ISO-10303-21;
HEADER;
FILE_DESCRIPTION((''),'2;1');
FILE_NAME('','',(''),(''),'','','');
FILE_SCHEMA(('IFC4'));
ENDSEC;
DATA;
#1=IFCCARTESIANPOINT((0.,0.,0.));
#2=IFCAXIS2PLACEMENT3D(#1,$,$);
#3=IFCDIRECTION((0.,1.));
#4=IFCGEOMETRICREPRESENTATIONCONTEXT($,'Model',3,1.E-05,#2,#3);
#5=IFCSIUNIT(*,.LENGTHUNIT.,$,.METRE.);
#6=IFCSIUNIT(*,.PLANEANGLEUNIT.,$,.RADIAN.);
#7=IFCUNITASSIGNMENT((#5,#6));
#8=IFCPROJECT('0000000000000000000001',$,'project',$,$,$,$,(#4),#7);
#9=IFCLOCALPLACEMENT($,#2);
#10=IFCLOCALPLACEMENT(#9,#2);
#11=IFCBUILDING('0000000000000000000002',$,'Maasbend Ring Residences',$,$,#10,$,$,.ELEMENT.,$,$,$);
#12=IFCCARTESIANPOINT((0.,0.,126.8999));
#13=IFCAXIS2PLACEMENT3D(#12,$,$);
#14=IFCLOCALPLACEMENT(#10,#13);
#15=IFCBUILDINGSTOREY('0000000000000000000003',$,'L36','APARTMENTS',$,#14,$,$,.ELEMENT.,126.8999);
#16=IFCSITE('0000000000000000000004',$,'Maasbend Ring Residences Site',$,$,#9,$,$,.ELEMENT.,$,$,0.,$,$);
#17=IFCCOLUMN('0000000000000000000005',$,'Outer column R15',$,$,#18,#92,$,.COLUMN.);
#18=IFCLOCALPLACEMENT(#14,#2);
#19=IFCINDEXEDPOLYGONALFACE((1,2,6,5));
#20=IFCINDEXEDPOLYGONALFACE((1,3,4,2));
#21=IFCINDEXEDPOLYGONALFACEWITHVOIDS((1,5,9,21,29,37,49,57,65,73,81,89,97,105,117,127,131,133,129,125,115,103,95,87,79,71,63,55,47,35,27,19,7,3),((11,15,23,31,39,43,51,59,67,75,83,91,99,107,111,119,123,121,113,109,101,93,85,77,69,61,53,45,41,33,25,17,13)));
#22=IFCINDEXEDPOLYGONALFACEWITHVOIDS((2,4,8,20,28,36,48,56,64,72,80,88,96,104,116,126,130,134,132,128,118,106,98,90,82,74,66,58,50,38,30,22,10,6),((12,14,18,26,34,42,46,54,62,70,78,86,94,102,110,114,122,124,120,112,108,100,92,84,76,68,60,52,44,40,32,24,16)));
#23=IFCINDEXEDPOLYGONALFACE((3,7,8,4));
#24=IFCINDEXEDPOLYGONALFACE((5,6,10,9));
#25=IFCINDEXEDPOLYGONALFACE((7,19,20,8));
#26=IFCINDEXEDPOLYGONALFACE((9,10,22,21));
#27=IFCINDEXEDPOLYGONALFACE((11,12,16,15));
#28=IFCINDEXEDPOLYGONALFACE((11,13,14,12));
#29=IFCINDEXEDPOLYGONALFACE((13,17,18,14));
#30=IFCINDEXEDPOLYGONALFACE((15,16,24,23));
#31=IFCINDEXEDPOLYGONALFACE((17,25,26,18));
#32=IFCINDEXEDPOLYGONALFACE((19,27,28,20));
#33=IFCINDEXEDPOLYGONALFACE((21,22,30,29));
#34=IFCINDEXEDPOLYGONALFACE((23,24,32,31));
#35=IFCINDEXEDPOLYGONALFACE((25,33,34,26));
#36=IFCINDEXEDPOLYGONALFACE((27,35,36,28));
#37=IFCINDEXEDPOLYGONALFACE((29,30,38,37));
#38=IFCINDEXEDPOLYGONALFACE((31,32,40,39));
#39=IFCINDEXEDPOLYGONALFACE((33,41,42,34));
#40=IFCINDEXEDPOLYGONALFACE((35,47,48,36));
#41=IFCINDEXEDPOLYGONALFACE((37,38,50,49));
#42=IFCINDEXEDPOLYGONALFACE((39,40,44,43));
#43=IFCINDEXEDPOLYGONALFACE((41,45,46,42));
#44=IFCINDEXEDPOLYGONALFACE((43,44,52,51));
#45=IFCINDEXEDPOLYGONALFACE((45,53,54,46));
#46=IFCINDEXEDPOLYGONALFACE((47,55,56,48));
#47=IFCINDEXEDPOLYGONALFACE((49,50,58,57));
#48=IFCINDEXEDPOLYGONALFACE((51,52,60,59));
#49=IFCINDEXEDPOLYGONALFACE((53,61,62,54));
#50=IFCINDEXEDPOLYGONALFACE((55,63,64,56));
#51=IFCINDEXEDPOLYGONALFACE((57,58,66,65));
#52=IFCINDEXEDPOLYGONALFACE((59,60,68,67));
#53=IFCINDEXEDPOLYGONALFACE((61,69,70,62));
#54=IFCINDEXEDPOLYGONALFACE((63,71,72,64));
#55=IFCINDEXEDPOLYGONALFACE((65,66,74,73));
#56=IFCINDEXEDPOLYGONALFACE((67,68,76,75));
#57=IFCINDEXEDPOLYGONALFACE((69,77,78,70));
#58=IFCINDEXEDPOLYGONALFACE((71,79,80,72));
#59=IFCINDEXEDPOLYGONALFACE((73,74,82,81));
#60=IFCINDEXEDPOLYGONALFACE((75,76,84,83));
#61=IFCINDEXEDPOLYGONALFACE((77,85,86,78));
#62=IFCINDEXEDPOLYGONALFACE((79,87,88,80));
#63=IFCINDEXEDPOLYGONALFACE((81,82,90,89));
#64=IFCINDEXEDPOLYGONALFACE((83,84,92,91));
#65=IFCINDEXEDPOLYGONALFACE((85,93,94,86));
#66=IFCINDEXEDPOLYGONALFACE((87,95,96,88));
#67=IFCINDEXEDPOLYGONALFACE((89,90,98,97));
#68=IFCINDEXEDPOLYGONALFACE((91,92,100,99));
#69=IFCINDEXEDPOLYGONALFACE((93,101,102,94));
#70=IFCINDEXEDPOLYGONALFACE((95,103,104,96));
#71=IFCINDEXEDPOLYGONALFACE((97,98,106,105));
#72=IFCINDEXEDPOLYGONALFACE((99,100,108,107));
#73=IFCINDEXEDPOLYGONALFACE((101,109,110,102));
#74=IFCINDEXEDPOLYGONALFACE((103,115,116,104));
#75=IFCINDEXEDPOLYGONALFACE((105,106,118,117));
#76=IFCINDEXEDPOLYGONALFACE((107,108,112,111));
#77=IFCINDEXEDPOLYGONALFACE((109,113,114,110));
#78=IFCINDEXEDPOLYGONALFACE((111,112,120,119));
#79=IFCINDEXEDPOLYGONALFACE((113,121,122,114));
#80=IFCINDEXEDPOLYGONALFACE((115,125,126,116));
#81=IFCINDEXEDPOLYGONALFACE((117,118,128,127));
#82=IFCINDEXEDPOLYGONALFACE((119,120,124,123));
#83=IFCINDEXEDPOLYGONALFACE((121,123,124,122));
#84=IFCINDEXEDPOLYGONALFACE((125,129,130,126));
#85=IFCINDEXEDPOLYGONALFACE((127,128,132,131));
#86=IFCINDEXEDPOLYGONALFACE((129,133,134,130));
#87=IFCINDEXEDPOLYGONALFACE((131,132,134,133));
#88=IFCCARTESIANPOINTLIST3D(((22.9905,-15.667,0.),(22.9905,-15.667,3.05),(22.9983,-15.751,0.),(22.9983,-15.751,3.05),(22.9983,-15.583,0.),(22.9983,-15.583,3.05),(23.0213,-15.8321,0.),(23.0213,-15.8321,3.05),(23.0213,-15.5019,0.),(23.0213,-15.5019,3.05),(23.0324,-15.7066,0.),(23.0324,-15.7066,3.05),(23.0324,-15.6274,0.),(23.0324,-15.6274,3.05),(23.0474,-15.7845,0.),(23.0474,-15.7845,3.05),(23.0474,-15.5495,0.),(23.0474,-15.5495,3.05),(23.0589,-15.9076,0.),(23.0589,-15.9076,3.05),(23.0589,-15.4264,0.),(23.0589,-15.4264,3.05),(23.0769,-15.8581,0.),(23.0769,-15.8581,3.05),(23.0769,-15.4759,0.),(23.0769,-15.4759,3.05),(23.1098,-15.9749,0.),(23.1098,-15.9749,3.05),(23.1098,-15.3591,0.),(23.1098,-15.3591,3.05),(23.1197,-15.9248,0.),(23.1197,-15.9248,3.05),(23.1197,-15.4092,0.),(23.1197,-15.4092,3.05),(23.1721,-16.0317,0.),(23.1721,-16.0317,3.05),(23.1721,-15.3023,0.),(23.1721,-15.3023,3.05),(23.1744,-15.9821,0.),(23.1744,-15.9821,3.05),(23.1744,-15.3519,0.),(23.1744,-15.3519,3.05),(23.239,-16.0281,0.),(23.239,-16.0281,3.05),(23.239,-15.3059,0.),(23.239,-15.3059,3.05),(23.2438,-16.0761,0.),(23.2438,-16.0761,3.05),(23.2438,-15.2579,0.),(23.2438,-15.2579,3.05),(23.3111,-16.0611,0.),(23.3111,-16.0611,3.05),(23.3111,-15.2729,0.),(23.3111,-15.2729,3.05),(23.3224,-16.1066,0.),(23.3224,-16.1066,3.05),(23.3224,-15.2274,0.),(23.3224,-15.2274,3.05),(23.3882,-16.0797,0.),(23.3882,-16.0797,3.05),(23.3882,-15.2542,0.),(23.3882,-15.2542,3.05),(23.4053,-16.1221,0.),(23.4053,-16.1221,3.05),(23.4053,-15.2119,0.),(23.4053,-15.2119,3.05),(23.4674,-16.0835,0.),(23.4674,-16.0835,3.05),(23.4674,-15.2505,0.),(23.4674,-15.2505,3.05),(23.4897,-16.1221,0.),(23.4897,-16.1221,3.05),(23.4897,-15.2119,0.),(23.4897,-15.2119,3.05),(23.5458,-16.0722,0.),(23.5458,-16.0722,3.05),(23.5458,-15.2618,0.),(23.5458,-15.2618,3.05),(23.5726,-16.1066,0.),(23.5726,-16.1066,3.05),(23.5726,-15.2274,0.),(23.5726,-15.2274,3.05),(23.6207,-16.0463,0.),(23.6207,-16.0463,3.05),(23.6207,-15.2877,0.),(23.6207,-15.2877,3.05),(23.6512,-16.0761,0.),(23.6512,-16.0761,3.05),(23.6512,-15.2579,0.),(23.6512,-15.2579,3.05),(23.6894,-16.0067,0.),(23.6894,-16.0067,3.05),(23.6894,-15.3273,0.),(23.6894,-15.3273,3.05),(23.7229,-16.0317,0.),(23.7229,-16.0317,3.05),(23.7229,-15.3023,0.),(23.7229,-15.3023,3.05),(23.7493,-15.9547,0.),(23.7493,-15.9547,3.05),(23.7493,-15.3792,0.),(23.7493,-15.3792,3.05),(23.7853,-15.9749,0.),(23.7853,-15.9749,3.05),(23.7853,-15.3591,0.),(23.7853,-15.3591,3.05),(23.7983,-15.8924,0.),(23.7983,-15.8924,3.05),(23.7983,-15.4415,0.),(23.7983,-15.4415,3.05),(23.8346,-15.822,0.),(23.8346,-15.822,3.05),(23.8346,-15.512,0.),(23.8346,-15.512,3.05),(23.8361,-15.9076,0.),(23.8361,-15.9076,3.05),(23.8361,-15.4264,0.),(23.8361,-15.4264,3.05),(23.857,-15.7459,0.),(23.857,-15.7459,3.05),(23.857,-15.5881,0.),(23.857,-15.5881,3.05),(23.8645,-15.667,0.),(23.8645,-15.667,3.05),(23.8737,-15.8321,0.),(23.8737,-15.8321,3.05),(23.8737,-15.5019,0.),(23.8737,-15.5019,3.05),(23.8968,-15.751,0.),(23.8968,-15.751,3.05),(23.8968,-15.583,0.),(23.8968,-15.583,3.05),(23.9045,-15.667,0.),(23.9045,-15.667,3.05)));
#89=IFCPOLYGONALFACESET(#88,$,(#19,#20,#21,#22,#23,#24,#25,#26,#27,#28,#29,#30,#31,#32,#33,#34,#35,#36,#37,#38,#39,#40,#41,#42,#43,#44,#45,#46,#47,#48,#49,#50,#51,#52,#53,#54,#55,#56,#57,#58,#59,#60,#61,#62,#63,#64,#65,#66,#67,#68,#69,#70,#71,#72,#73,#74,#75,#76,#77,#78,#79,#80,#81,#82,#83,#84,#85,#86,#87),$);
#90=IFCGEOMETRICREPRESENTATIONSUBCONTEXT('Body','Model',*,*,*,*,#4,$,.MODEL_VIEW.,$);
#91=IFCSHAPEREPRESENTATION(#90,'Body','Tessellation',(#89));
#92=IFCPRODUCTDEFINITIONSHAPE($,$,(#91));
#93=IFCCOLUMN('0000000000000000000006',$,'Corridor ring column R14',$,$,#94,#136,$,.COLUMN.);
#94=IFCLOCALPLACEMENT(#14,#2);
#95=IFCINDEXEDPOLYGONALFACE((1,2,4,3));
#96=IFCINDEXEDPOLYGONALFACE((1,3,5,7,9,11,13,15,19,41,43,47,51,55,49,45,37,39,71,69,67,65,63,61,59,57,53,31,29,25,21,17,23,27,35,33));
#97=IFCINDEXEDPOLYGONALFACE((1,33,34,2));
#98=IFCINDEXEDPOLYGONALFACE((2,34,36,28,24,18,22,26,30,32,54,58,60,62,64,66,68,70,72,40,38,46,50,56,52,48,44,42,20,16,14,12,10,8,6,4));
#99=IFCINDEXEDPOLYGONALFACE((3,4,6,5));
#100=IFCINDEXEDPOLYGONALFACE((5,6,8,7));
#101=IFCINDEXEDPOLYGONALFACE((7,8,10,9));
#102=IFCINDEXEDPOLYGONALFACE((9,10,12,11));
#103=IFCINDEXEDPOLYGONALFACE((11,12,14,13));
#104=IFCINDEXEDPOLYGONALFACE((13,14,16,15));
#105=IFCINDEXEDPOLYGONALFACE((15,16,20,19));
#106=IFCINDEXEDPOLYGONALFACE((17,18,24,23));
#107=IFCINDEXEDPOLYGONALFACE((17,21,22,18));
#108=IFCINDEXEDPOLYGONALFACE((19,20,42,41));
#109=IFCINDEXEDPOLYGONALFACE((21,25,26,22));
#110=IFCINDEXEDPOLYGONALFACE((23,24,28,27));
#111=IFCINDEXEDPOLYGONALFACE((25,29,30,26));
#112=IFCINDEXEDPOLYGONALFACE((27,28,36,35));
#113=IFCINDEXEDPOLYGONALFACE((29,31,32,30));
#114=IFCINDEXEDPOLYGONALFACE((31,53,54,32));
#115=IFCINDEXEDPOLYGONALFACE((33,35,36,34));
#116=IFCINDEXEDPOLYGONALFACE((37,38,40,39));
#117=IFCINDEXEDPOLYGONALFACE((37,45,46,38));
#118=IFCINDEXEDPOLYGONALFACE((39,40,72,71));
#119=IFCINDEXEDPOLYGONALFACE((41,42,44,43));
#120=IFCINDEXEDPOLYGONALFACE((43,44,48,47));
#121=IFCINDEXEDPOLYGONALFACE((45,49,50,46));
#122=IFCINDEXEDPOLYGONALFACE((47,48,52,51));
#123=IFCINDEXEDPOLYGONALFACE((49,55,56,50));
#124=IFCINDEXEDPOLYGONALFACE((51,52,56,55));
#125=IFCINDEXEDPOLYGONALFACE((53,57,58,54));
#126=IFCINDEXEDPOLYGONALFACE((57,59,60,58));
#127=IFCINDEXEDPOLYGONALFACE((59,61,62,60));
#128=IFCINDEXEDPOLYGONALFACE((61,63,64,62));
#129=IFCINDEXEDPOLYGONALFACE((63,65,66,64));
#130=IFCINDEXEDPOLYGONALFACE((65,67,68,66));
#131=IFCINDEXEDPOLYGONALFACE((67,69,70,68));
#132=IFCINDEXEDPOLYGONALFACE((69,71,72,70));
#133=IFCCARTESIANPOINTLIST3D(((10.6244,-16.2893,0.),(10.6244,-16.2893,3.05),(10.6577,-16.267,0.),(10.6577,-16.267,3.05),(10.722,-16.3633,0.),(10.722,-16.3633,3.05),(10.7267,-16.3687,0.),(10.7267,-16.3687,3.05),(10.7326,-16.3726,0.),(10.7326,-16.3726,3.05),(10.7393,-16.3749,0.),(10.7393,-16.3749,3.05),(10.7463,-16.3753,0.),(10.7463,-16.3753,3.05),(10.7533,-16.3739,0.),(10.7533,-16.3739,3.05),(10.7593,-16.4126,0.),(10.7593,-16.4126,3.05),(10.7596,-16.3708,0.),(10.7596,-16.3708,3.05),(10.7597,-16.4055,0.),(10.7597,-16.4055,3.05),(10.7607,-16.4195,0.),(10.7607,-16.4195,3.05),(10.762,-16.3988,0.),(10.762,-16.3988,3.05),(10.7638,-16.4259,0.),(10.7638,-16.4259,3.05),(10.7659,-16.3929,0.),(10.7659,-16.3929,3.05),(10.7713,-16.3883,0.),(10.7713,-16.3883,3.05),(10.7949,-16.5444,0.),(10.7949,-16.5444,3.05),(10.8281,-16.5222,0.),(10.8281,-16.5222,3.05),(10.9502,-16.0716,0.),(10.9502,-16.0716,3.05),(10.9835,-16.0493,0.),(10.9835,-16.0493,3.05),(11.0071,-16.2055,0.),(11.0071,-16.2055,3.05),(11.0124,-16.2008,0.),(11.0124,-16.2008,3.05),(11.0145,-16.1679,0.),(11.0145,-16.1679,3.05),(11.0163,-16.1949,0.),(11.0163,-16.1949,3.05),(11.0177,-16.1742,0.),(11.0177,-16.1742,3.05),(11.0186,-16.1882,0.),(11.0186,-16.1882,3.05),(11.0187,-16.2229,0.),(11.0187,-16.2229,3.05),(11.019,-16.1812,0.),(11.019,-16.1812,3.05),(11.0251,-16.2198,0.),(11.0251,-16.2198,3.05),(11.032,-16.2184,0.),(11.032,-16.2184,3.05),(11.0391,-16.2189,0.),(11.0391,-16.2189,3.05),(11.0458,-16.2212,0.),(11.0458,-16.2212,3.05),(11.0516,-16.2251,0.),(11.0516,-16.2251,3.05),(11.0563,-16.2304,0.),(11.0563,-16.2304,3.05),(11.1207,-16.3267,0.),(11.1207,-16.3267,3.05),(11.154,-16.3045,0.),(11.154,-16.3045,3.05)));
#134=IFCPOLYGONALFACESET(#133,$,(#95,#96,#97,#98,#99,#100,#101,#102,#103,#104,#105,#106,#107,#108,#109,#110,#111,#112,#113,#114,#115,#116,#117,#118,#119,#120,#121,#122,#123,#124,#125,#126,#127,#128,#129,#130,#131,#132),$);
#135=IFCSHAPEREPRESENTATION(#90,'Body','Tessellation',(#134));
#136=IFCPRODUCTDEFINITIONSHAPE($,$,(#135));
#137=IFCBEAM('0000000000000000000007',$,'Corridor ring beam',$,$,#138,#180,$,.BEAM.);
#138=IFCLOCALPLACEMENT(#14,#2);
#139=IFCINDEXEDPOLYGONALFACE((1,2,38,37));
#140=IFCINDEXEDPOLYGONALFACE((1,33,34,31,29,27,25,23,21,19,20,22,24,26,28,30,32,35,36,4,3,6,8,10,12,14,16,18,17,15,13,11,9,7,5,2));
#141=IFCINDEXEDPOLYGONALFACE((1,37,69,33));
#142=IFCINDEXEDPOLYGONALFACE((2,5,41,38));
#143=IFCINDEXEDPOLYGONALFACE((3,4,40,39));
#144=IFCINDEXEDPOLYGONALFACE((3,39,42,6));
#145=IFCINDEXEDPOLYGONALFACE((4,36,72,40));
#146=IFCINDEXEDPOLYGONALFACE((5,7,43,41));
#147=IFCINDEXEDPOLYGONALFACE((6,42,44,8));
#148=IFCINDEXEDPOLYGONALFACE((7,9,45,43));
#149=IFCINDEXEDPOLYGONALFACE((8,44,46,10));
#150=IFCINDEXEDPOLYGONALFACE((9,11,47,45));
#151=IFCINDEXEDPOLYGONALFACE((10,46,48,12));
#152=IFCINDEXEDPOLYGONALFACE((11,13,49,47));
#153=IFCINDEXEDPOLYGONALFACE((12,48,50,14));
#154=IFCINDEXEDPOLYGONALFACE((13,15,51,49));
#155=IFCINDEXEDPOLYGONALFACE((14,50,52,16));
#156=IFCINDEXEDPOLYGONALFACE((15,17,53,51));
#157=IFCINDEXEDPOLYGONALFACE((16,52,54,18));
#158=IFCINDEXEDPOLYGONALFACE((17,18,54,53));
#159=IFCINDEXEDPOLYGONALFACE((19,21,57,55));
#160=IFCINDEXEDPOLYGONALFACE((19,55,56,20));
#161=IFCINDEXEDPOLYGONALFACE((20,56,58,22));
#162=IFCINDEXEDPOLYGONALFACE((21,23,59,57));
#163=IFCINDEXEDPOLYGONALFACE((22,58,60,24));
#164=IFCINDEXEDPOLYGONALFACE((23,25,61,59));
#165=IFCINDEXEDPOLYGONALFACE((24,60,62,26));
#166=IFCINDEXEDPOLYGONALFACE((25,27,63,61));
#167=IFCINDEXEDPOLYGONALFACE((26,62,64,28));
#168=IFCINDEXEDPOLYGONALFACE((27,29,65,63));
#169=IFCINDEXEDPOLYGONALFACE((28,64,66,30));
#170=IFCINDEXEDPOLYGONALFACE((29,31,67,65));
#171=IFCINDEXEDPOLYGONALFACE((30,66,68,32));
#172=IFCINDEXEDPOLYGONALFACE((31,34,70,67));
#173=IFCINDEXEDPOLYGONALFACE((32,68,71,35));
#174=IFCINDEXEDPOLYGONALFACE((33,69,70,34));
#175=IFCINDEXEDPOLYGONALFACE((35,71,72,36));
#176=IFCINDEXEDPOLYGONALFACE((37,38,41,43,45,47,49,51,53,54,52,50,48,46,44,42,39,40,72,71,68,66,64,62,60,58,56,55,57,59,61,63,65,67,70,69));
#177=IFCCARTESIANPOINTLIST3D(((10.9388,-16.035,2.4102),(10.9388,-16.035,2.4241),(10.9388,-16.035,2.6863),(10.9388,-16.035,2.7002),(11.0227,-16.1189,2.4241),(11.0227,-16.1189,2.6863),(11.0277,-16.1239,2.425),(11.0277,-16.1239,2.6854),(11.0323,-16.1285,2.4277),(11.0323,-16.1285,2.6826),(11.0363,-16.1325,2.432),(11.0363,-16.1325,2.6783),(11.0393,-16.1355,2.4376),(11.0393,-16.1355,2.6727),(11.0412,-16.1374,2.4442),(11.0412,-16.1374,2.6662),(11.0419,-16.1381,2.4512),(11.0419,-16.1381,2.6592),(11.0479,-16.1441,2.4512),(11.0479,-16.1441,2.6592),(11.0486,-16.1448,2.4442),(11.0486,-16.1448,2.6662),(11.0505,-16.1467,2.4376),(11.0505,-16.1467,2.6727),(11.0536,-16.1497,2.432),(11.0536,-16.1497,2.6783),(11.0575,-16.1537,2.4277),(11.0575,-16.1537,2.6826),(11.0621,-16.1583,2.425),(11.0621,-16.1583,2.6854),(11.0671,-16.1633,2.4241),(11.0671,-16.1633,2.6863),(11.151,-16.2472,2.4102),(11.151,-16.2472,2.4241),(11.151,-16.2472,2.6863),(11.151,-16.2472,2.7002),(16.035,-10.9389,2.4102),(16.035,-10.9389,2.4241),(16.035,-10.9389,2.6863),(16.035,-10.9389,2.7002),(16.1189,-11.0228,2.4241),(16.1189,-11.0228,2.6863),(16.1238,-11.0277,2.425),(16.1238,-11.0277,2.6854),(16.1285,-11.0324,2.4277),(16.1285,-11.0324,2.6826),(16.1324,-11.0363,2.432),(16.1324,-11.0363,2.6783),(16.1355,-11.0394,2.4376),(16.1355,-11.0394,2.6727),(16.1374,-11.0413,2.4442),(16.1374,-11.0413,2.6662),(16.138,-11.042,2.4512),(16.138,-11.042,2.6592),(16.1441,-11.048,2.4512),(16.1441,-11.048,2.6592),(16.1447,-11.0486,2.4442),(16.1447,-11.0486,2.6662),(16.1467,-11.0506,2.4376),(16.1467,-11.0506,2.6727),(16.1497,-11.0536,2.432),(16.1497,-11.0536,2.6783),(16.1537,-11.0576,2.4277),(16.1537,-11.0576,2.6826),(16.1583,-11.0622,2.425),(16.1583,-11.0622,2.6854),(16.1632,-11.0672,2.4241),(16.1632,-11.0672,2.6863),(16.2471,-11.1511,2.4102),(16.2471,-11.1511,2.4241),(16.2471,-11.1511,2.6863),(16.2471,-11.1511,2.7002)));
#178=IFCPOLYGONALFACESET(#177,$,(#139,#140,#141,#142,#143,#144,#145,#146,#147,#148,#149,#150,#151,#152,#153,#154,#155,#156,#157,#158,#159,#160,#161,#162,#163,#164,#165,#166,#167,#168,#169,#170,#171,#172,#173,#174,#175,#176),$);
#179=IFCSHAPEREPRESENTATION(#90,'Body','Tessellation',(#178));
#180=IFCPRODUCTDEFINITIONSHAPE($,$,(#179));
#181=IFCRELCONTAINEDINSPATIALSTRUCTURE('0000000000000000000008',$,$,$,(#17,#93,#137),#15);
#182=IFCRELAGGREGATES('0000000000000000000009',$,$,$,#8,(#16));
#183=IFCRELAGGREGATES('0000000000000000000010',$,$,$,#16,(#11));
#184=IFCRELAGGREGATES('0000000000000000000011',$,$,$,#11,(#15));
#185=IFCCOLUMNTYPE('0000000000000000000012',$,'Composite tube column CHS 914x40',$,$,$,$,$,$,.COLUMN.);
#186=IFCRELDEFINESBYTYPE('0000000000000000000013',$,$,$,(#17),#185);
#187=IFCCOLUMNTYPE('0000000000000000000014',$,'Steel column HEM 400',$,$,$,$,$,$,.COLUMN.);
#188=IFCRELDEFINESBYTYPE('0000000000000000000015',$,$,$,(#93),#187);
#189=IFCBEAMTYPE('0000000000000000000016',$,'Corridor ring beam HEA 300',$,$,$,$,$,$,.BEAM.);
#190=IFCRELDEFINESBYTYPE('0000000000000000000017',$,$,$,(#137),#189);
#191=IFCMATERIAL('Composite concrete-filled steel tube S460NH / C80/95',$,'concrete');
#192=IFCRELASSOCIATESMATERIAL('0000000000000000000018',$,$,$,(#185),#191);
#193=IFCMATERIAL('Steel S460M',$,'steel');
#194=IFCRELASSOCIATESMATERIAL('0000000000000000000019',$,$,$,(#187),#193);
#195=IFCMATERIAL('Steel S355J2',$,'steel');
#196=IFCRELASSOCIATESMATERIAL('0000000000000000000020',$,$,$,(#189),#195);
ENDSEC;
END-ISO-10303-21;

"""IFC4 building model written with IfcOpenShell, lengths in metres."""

from ifc_helpers import new_model, si_unit, direction, frame, origin, origin_2d, place, context, subcontext, project, spatial, hollow_circle, i_section, extrude, material, material_profile, profile_set, type_object, element, save


model = new_model("IFC4")

# Units and contexts
model_context = context("Model", 3, precision=1e-05, world=origin(), true_north=direction((0.0, 1.0)))
body_context = subcontext(model_context, "Body", "Model", "MODEL_VIEW")
ifc_project = project(units=[si_unit("LENGTHUNIT", "METRE"), si_unit("PLANEANGLEUNIT", "RADIAN")], contexts=[model_context])

# Site, building, storey
site_placement = place(None, origin())
site = spatial("IfcSite", under=ifc_project, at=site_placement, Name="Maasbend Ring Residences Site", CompositionType="ELEMENT", RefElevation=0.0)
building_placement = place(site_placement, origin())
building = spatial("IfcBuilding", under=site, at=building_placement, Name="Maasbend Ring Residences", CompositionType="ELEMENT")
storey_placement = place(building_placement, frame((0.0, 0.0, 126.8999)))
storey = spatial("IfcBuildingStorey", under=building, at=storey_placement, Name="L36", Description="APARTMENTS", CompositionType="ELEMENT", Elevation=126.8999)

# Columns
ifc_material_1 = material(Name="Composite concrete-filled steel tube S460NH / C80/95", Category="concrete")
ifc_material_profile_1 = material_profile(ifc_material_1, hollow_circle(Radius=0.457, WallThickness=0.04, at=origin_2d()), Name="Composite tube column CHS 914x40")
ifc_profile_set_1 = profile_set([ifc_material_profile_1], Name="Composite concrete-filled steel tube S460NH / C80/95")
column_type_1 = type_object("IfcColumnType", Name="Composite tube column CHS 914x40", PredefinedType="COLUMN", material=ifc_profile_set_1)
column_1_placement = place(storey_placement, frame((23.4475, -15.667, 0.0), z_axis=(0.0, 0.0, 1.0), x_axis=(1.0, 0.0, 0.0)))
element("IfcColumn", 1, at=column_1_placement, inside=storey, type_object=column_type_1, Name="Outer column R15", PredefinedType="COLUMN", context=body_context, shape_type="SweptSolid", body=[
    extrude(hollow_circle(Radius=0.457, WallThickness=0.04, at=origin_2d()), origin(), (0.0, 0.0, 1.0), 3.05),
])
ifc_material_2 = material(Name="Steel S460M", Category="steel")
ifc_material_profile_2 = material_profile(ifc_material_2, i_section(OverallWidth=0.3069, OverallDepth=0.4319, WebThickness=0.021, FlangeThickness=0.04, FilletRadius=0.0271, at=origin_2d()), Name="HEM 400")
ifc_profile_set_2 = profile_set([ifc_material_profile_2], Name="Steel S460M")
column_type_2 = type_object("IfcColumnType", Name="Steel column HEM 400", PredefinedType="COLUMN", material=ifc_profile_set_2)
column_2_placement = place(storey_placement, frame((10.8892, -16.2969, 0.0), z_axis=(0.0, 0.0, 1.0), x_axis=(0.55557, -0.83147, 0.0)))
element("IfcColumn", 2, at=column_2_placement, inside=storey, type_object=column_type_2, Name="Corridor ring column R14", PredefinedType="COLUMN", context=body_context, shape_type="SweptSolid", body=[
    extrude(i_section(OverallWidth=0.3069, OverallDepth=0.4319, WebThickness=0.021, FlangeThickness=0.04, FilletRadius=0.0271, at=origin_2d()), origin(), (0.0, 0.0, 1.0), 3.05),
])

# Beam
ifc_material_3 = material(Name="Steel S355J2", Category="steel")
ifc_material_profile_3 = material_profile(ifc_material_3, i_section(OverallWidth=0.3, OverallDepth=0.29, WebThickness=0.0085, FlangeThickness=0.0139, FilletRadius=0.0271, at=origin_2d()), Name="HEA 300")
ifc_profile_set_3 = profile_set([ifc_material_profile_3], Name="Steel S355J2")
beam_type = type_object("IfcBeamType", Name="Corridor ring beam HEA 300", PredefinedType="BEAM", material=ifc_profile_set_3)
beam_placement = place(storey_placement, frame((11.0449, -16.1411, 2.5552), z_axis=(0.707107, 0.707107, 0.0), x_axis=(-0.707107, 0.707107, 0.0)))
element("IfcBeam", 3, at=beam_placement, inside=storey, type_object=beam_type, Name="Corridor ring beam", PredefinedType="BEAM", context=body_context, shape_type="SweptSolid", body=[
    extrude(i_section(OverallWidth=0.3, OverallDepth=0.29, WebThickness=0.0085, FlangeThickness=0.0139, FilletRadius=0.0271, at=origin_2d()), origin(), (0.0, 0.0, 1.0), 7.207),
])

save(model, "model.ifc")
